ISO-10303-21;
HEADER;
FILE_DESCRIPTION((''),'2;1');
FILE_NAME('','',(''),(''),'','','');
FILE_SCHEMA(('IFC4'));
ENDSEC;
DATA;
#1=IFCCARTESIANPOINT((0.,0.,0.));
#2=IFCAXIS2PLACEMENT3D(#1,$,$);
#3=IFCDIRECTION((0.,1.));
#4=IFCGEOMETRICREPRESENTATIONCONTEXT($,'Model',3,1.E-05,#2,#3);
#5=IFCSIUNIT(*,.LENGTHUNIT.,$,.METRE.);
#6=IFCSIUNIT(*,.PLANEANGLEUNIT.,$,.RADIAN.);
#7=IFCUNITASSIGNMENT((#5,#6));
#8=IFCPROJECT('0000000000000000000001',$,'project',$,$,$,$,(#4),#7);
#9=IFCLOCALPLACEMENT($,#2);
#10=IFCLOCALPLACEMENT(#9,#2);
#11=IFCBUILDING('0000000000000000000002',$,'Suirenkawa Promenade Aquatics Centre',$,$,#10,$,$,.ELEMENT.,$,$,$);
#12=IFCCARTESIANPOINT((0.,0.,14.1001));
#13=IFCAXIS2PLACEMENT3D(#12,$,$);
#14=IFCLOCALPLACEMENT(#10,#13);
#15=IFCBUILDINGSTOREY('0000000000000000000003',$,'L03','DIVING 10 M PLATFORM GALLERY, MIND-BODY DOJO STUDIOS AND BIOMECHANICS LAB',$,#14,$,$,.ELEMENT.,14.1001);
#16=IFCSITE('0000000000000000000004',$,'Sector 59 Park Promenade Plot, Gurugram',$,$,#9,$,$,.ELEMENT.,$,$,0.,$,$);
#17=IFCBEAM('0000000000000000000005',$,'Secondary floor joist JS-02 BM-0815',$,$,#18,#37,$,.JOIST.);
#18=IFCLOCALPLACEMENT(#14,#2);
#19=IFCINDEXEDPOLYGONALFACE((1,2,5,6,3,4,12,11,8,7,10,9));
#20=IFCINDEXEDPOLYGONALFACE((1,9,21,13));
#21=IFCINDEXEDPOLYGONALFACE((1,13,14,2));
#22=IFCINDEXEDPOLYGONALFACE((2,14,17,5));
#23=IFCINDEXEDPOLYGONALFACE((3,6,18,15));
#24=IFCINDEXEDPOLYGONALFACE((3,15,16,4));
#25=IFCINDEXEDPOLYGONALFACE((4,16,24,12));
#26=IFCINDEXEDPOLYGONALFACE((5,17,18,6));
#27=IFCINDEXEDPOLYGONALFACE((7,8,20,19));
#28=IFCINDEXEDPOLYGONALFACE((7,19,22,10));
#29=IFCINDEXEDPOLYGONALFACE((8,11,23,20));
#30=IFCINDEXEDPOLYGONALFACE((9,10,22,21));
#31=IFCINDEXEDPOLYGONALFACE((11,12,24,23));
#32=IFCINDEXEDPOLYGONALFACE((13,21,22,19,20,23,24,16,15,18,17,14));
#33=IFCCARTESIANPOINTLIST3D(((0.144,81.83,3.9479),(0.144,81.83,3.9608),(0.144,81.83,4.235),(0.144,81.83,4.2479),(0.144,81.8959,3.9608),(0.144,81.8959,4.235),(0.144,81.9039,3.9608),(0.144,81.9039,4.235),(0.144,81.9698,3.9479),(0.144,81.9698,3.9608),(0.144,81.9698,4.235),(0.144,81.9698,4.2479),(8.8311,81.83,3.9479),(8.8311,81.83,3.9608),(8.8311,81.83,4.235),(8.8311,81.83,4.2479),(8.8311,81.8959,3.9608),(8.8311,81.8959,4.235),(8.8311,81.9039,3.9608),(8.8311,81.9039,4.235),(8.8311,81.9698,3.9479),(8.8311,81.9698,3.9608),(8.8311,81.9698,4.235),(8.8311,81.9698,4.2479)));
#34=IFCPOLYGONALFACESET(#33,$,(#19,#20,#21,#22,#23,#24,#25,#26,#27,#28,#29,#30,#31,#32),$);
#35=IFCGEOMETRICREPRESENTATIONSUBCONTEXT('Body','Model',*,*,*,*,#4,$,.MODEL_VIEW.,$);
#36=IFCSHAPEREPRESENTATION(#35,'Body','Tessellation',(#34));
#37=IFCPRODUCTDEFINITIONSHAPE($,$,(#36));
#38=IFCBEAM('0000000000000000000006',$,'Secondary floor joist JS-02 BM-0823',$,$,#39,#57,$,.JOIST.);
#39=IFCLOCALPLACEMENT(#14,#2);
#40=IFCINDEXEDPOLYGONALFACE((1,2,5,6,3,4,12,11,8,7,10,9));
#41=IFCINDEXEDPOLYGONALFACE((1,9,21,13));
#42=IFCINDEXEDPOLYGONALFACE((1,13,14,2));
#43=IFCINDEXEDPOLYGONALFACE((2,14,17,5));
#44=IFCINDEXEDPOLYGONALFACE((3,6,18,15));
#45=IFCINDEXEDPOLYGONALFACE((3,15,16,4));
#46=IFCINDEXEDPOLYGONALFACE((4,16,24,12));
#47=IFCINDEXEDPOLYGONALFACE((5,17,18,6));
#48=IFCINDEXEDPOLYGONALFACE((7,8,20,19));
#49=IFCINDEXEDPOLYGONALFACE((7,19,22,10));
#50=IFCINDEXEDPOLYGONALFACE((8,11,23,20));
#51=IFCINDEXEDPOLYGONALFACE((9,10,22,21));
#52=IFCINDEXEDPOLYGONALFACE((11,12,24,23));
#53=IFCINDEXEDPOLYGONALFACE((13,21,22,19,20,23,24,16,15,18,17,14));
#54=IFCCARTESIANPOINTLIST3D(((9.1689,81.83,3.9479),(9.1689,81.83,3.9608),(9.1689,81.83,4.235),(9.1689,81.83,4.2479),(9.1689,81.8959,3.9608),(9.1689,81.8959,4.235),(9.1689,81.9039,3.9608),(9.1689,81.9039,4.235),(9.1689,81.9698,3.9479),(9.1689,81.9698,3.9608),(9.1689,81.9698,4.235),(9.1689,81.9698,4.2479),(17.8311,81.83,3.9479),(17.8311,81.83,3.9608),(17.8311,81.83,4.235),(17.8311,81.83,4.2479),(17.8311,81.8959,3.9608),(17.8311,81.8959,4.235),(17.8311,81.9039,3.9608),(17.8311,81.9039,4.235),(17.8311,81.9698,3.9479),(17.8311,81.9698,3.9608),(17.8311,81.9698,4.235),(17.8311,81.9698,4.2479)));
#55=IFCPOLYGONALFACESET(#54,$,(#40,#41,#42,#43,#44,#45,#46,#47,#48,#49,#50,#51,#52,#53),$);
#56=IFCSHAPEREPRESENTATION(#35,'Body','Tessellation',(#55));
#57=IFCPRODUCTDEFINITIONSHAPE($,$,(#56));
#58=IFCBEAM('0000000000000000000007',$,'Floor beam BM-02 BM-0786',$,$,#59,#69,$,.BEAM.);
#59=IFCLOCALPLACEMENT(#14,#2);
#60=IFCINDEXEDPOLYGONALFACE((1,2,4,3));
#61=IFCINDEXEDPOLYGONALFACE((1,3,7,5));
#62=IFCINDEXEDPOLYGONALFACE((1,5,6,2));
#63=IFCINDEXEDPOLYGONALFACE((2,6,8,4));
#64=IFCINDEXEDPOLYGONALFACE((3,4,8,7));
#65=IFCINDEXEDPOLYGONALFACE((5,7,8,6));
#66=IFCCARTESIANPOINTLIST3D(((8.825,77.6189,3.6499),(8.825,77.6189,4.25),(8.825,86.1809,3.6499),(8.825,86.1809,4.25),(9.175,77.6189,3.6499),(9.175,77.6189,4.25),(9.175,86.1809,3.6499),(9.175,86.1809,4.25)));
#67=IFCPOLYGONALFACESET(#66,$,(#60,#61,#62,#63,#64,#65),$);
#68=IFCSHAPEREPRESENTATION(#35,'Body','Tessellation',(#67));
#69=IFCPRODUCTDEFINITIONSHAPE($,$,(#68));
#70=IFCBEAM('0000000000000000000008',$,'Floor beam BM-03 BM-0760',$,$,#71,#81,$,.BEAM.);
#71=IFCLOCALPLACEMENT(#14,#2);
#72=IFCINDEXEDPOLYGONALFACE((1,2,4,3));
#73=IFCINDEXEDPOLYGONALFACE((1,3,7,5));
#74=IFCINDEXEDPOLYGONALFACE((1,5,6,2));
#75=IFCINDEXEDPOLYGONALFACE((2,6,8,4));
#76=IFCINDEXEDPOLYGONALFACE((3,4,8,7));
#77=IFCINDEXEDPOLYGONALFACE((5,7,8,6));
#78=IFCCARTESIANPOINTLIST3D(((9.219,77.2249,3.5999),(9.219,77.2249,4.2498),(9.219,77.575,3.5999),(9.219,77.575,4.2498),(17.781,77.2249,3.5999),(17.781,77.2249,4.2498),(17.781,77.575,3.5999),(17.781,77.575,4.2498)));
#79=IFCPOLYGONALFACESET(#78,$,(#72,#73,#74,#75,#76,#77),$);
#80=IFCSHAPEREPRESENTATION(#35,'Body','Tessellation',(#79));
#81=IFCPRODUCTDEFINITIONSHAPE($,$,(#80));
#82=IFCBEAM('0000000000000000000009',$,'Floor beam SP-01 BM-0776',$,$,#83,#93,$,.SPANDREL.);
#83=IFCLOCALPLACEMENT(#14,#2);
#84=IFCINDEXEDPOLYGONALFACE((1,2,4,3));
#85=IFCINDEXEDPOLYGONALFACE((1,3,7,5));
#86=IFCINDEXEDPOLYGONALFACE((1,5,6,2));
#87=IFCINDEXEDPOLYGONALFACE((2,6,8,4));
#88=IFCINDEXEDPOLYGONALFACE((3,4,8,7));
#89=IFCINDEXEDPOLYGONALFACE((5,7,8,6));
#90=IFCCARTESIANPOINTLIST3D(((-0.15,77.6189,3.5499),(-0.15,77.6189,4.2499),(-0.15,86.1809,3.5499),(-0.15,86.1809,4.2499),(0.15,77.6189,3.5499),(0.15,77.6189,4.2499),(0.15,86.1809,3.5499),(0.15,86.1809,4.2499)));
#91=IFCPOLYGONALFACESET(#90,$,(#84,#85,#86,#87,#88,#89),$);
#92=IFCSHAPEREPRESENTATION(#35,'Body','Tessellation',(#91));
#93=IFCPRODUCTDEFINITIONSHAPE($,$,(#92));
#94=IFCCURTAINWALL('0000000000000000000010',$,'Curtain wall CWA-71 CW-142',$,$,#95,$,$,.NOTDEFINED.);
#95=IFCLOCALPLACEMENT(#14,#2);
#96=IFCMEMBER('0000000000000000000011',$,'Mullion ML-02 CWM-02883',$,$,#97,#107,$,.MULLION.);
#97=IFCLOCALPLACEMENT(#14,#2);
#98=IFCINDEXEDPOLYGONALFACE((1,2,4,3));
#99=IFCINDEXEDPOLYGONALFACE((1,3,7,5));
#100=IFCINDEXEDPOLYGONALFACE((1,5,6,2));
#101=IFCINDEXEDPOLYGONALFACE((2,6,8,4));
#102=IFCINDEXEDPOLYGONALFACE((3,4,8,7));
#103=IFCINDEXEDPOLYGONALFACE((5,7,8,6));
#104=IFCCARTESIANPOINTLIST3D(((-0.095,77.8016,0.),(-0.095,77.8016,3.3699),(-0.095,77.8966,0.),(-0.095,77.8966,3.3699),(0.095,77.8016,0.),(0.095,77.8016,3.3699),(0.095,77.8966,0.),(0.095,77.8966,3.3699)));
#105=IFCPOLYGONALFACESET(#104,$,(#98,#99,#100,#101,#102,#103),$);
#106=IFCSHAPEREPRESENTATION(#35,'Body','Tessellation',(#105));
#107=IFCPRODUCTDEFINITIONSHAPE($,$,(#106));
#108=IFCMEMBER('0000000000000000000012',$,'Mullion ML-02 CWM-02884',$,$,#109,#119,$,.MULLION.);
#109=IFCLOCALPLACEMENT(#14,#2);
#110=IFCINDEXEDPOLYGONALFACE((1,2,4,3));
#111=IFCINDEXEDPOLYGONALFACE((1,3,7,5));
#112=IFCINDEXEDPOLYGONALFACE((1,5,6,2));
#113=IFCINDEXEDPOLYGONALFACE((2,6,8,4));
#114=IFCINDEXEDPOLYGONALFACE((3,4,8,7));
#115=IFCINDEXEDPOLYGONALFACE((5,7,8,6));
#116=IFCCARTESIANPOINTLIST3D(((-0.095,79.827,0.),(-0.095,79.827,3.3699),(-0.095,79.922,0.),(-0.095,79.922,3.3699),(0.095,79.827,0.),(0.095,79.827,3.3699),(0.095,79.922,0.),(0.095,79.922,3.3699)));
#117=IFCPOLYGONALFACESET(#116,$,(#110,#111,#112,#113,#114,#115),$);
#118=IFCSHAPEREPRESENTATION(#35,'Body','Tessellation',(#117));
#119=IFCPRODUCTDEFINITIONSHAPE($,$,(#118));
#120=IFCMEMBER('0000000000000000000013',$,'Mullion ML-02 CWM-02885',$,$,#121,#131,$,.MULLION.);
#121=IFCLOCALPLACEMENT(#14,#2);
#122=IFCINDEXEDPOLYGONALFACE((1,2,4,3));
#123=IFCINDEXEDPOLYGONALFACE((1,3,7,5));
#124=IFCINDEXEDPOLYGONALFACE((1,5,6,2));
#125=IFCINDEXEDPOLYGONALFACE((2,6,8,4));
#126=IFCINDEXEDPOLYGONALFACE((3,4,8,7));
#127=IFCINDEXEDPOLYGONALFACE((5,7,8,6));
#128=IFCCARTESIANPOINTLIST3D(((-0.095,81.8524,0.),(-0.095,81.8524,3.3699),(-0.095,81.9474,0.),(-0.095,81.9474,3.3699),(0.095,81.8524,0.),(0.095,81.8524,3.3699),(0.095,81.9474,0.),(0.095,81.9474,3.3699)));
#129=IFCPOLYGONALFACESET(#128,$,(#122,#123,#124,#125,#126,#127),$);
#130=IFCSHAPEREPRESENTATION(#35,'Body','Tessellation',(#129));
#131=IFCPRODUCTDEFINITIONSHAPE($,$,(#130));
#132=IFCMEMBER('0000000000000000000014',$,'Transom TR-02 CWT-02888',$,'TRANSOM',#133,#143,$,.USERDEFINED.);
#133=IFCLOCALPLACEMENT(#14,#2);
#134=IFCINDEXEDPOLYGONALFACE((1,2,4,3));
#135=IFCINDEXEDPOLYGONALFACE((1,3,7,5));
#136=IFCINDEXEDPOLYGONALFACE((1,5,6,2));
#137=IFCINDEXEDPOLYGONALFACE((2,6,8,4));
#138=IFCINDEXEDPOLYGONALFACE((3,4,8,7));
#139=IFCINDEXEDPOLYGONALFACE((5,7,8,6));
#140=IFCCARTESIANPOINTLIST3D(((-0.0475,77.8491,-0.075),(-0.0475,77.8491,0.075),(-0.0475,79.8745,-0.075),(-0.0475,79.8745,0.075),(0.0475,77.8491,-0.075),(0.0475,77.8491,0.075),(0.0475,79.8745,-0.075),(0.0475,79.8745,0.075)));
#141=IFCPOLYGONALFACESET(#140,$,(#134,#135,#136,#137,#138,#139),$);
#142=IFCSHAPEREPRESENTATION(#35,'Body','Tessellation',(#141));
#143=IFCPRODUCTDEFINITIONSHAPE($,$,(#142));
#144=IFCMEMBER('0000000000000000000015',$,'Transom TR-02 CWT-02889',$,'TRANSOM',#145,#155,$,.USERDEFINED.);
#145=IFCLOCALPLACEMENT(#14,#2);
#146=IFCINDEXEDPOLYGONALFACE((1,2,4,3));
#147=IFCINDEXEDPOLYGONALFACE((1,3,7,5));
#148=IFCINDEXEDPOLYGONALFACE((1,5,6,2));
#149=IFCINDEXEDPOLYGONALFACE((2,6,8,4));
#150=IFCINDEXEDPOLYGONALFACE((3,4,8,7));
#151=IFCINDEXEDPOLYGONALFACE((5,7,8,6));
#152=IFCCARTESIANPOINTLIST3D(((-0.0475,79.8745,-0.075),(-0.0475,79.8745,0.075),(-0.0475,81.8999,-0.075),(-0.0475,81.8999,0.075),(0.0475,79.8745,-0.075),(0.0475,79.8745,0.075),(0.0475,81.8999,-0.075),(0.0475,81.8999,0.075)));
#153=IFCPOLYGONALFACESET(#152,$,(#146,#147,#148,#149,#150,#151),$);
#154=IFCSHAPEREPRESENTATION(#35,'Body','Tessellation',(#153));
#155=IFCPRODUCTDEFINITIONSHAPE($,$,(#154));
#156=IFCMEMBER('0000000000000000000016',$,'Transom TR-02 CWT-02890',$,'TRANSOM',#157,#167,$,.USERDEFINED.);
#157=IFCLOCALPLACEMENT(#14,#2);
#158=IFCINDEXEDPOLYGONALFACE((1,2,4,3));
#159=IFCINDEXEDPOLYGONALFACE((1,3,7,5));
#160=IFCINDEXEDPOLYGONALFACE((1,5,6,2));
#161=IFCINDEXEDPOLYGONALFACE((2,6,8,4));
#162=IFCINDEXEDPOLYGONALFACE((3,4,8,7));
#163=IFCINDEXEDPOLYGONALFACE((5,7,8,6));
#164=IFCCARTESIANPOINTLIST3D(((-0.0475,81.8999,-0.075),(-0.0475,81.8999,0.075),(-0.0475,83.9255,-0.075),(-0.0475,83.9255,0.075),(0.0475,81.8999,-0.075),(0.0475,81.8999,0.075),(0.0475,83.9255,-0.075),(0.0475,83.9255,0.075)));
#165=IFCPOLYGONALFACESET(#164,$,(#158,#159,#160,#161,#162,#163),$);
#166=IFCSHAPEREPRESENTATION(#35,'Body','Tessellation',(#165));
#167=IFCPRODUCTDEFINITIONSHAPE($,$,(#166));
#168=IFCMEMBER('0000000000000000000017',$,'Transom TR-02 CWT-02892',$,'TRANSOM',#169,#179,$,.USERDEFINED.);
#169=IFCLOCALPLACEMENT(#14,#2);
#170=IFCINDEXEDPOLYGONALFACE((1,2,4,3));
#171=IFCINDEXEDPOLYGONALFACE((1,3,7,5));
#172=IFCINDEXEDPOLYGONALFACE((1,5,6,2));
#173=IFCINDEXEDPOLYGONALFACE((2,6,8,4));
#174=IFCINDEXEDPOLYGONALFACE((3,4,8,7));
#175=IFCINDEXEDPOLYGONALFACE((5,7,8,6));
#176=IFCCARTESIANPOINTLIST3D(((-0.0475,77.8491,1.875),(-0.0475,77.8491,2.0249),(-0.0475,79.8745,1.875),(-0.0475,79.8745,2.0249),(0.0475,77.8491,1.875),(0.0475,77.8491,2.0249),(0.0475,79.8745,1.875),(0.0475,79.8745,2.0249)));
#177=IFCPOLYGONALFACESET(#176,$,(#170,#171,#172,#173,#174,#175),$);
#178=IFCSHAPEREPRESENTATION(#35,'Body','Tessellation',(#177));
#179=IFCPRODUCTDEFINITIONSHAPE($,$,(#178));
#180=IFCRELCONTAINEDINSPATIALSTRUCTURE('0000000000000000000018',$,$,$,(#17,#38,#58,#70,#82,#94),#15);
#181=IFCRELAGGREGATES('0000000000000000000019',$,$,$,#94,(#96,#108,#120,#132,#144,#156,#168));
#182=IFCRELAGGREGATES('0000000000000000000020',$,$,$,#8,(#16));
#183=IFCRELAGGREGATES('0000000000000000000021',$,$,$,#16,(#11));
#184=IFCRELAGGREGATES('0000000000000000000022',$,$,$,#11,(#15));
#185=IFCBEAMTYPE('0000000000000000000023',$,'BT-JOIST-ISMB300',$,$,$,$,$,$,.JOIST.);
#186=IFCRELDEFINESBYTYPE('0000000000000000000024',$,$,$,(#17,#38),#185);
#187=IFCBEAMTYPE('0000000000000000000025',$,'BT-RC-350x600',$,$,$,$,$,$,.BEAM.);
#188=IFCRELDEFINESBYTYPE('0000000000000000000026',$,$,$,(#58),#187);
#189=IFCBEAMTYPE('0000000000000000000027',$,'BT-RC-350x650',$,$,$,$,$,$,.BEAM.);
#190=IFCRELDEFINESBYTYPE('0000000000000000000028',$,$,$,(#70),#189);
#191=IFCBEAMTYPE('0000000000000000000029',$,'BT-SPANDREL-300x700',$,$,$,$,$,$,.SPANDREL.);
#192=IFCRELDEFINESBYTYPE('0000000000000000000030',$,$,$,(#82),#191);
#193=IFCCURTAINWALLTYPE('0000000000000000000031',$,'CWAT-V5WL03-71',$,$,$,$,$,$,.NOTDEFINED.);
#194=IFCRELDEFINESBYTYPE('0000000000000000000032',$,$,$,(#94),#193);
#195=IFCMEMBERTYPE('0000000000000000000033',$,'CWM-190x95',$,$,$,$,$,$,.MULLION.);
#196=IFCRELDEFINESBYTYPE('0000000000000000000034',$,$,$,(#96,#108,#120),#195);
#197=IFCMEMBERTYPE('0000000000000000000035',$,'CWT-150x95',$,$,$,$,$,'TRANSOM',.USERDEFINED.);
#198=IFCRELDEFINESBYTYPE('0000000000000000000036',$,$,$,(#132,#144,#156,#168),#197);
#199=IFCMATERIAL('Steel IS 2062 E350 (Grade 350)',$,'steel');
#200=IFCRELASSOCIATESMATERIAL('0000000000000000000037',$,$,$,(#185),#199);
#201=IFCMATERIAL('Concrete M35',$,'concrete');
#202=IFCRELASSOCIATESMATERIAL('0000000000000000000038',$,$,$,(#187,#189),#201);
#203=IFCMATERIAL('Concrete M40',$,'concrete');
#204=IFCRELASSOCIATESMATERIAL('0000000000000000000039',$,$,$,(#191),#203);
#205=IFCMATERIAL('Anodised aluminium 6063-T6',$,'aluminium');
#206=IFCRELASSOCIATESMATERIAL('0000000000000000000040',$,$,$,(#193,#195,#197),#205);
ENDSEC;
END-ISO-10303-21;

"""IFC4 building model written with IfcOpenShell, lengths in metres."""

from ifc_helpers import new_model, si_unit, direction, frame, origin, origin_2d, place, context, subcontext, project, spatial, rectangle, i_section, extrude, material, material_profile, profile_set, type_object, element, aggregate, save


model = new_model("IFC4")

# Units and contexts
model_context = context("Model", 3, precision=1e-05, world=origin(), true_north=direction((0.0, 1.0)))
body_context = subcontext(model_context, "Body", "Model", "MODEL_VIEW")
ifc_project = project(units=[si_unit("LENGTHUNIT", "METRE"), si_unit("PLANEANGLEUNIT", "RADIAN")], contexts=[model_context])

# Site, building, storey
site_placement = place(None, origin())
site = spatial("IfcSite", under=ifc_project, at=site_placement, Name="Sector 59 Park Promenade Plot, Gurugram", CompositionType="ELEMENT", RefElevation=0.0)
building_placement = place(site_placement, origin())
building = spatial("IfcBuilding", under=site, at=building_placement, Name="Suirenkawa Promenade Aquatics Centre", CompositionType="ELEMENT")
storey_placement = place(building_placement, frame((0.0, 0.0, 14.1001)))
storey = spatial("IfcBuildingStorey", under=building, at=storey_placement, Name="L03", Description="DIVING 10 M PLATFORM GALLERY, MIND-BODY DOJO STUDIOS AND BIOMECHANICS LAB", CompositionType="ELEMENT", Elevation=14.1001)

# Beams
ifc_material_1 = material(Name="Steel IS 2062 E350 (Grade 350)", Category="steel")
ifc_material_profile_1 = material_profile(ifc_material_1, i_section(OverallWidth=0.1399, OverallDepth=0.3, WebThickness=0.0081, FlangeThickness=0.0129, at=origin_2d()), Name="ISMB 300", Category="steel")
ifc_profile_set_1 = profile_set([ifc_material_profile_1], Name="Steel IS 2062 E350 (Grade 350)")
beam_type_1 = type_object("IfcBeamType", Name="BT-JOIST-ISMB300", PredefinedType="JOIST", material=ifc_profile_set_1)
beam_1_placement = place(storey_placement, frame((0.144, 81.8999, 4.0979), z_axis=(1.0, 0.0, 0.0), x_axis=(0.0, 1.0, 0.0)))
element("IfcBeam", 1, at=beam_1_placement, inside=storey, type_object=beam_type_1, Name="Secondary floor joist JS-02 BM-0815", PredefinedType="JOIST", context=body_context, shape_type="SweptSolid", body=[
    extrude(i_section(OverallWidth=0.1399, OverallDepth=0.3, WebThickness=0.0081, FlangeThickness=0.0129, at=origin_2d()), origin(), (0.0, 0.0, 1.0), 8.687),
])
beam_2_placement = place(storey_placement, frame((9.1689, 81.8999, 4.0979), z_axis=(1.0, 0.0, 0.0), x_axis=(0.0, 1.0, 0.0)))
element("IfcBeam", 2, at=beam_2_placement, inside=storey, type_object=beam_type_1, Name="Secondary floor joist JS-02 BM-0823", PredefinedType="JOIST", context=body_context, shape_type="SweptSolid", body=[
    extrude(i_section(OverallWidth=0.1399, OverallDepth=0.3, WebThickness=0.0081, FlangeThickness=0.0129, at=origin_2d()), origin(), (0.0, 0.0, 1.0), 8.6621),
])
ifc_material_2 = material(Name="Concrete M35", Category="concrete")
ifc_material_profile_2 = material_profile(ifc_material_2, rectangle(XDim=0.3501, YDim=0.6001, at=origin_2d()), Name="RC BM 350x600", Category="concrete")
ifc_profile_set_2 = profile_set([ifc_material_profile_2], Name="Concrete M35")
beam_type_2 = type_object("IfcBeamType", Name="BT-RC-350x600", PredefinedType="BEAM", material=ifc_profile_set_2)
beam_3_placement = place(storey_placement, frame((9.0, 77.6189, 3.95), z_axis=(0.0, 1.0, 0.0), x_axis=(-1.0, 0.0, 0.0)))
element("IfcBeam", 3, at=beam_3_placement, inside=storey, type_object=beam_type_2, Name="Floor beam BM-02 BM-0786", PredefinedType="BEAM", context=body_context, shape_type="SweptSolid", body=[
    extrude(rectangle(XDim=0.3501, YDim=0.6001, at=origin_2d()), origin(), (0.0, 0.0, 1.0), 8.562),
])
ifc_material_profile_3 = material_profile(ifc_material_2, rectangle(XDim=0.3501, YDim=0.6499, at=origin_2d()), Name="RC BM 350x650", Category="concrete")
ifc_profile_set_3 = profile_set([ifc_material_profile_3], Name="Concrete M35")
beam_type_3 = type_object("IfcBeamType", Name="BT-RC-350x650", PredefinedType="BEAM", material=ifc_profile_set_3)
beam_4_placement = place(storey_placement, frame((9.219, 77.3999, 3.9248), z_axis=(1.0, 0.0, 0.0), x_axis=(0.0, 1.0, 0.0)))
element("IfcBeam", 4, at=beam_4_placement, inside=storey, type_object=beam_type_3, Name="Floor beam BM-03 BM-0760", PredefinedType="BEAM", context=body_context, shape_type="SweptSolid", body=[
    extrude(rectangle(XDim=0.3501, YDim=0.6499, at=origin_2d()), origin(), (0.0, 0.0, 1.0), 8.562),
])
ifc_material_3 = material(Name="Concrete M40", Category="concrete")
ifc_material_profile_4 = material_profile(ifc_material_3, rectangle(XDim=0.3, YDim=0.7, at=origin_2d()), Name="RC SPANDREL 300x700", Category="concrete")
ifc_profile_set_4 = profile_set([ifc_material_profile_4], Name="Concrete M40")
beam_type_4 = type_object("IfcBeamType", Name="BT-SPANDREL-300x700", PredefinedType="SPANDREL", material=ifc_profile_set_4)
beam_5_placement = place(storey_placement, frame((0.0, 77.6189, 3.8999), z_axis=(0.0, 1.0, 0.0), x_axis=(-1.0, 0.0, 0.0)))
element("IfcBeam", 5, at=beam_5_placement, inside=storey, type_object=beam_type_4, Name="Floor beam SP-01 BM-0776", PredefinedType="SPANDREL", context=body_context, shape_type="SweptSolid", body=[
    extrude(rectangle(XDim=0.3, YDim=0.7, at=origin_2d()), origin(), (0.0, 0.0, 1.0), 8.562),
])

# Curtain wall, members
ifc_material_4 = material(Name="Anodised aluminium 6063-T6", Category="aluminium")
curtain_wall_type = type_object("IfcCurtainWallType", Name="CWAT-V5WL03-71", PredefinedType="NOTDEFINED", material=ifc_material_4)
curtain_wall_placement = place(storey_placement, origin())
curtain_wall = element("IfcCurtainWall", 6, at=curtain_wall_placement, inside=storey, type_object=curtain_wall_type, Name="Curtain wall CWA-71 CW-142", PredefinedType="NOTDEFINED")
ifc_material_profile_5 = material_profile(ifc_material_4, rectangle(XDim=0.095, YDim=0.1899, at=origin_2d()), Name="ALU MULL 95x190", Category="aluminium")
ifc_profile_set_5 = profile_set([ifc_material_profile_5], Name="Anodised aluminium 6063-T6")
member_type_1 = type_object("IfcMemberType", Name="CWM-190x95", PredefinedType="MULLION", material=ifc_profile_set_5)
member_1_placement = place(storey_placement, frame((0.0, 77.8491, 0.0), z_axis=(0.0, 0.0, 1.0), x_axis=(0.0, 1.0, 0.0)))
member_1 = element("IfcMember", 7, at=member_1_placement, type_object=member_type_1, Name="Mullion ML-02 CWM-02883", PredefinedType="MULLION", context=body_context, shape_type="SweptSolid", body=[
    extrude(rectangle(XDim=0.095, YDim=0.1899, at=origin_2d()), origin(), (0.0, 0.0, 1.0), 3.3699),
])
member_2_placement = place(storey_placement, frame((0.0, 79.8745, 0.0), z_axis=(0.0, 0.0, 1.0), x_axis=(0.0, 1.0, 0.0)))
member_2 = element("IfcMember", 8, at=member_2_placement, type_object=member_type_1, Name="Mullion ML-02 CWM-02884", PredefinedType="MULLION", context=body_context, shape_type="SweptSolid", body=[
    extrude(rectangle(XDim=0.095, YDim=0.1899, at=origin_2d()), origin(), (0.0, 0.0, 1.0), 3.3699),
])
member_3_placement = place(storey_placement, frame((0.0, 81.8999, 0.0), z_axis=(0.0, 0.0, 1.0), x_axis=(0.0, 1.0, 0.0)))
member_3 = element("IfcMember", 9, at=member_3_placement, type_object=member_type_1, Name="Mullion ML-02 CWM-02885", PredefinedType="MULLION", context=body_context, shape_type="SweptSolid", body=[
    extrude(rectangle(XDim=0.095, YDim=0.1899, at=origin_2d()), origin(), (0.0, 0.0, 1.0), 3.3699),
])
ifc_material_profile_6 = material_profile(ifc_material_4, rectangle(XDim=0.095, YDim=0.1499, at=origin_2d()), Name="ALU TRAN 95x150", Category="aluminium")
ifc_profile_set_6 = profile_set([ifc_material_profile_6], Name="Anodised aluminium 6063-T6")
member_type_2 = type_object("IfcMemberType", Name="CWT-150x95", ElementType="TRANSOM", PredefinedType="USERDEFINED", material=ifc_profile_set_6)
member_4_placement = place(storey_placement, frame((0.0, 77.8491, 0.0), z_axis=(0.0, 1.0, 0.0), x_axis=(-1.0, 0.0, 0.0)))
member_4 = element("IfcMember", 10, at=member_4_placement, type_object=member_type_2, Name="Transom TR-02 CWT-02888", ObjectType="TRANSOM", PredefinedType="USERDEFINED", context=body_context, shape_type="SweptSolid", body=[
    extrude(rectangle(XDim=0.095, YDim=0.1499, at=origin_2d()), origin(), (0.0, 0.0, 1.0), 2.0254),
])
member_5_placement = place(storey_placement, frame((0.0, 79.8745, 0.0), z_axis=(0.0, 1.0, 0.0), x_axis=(-1.0, 0.0, 0.0)))
member_5 = element("IfcMember", 11, at=member_5_placement, type_object=member_type_2, Name="Transom TR-02 CWT-02889", ObjectType="TRANSOM", PredefinedType="USERDEFINED", context=body_context, shape_type="SweptSolid", body=[
    extrude(rectangle(XDim=0.095, YDim=0.1499, at=origin_2d()), origin(), (0.0, 0.0, 1.0), 2.0254),
])
member_6_placement = place(storey_placement, frame((0.0, 81.8999, 0.0), z_axis=(0.0, 1.0, 0.0), x_axis=(-1.0, 0.0, 0.0)))
member_6 = element("IfcMember", 12, at=member_6_placement, type_object=member_type_2, Name="Transom TR-02 CWT-02890", ObjectType="TRANSOM", PredefinedType="USERDEFINED", context=body_context, shape_type="SweptSolid", body=[
    extrude(rectangle(XDim=0.095, YDim=0.1499, at=origin_2d()), origin(), (0.0, 0.0, 1.0), 2.0256),
])
member_7_placement = place(storey_placement, frame((0.0, 77.8491, 1.95), z_axis=(0.0, 1.0, 0.0), x_axis=(-1.0, 0.0, 0.0)))
member_7 = element("IfcMember", 13, at=member_7_placement, type_object=member_type_2, Name="Transom TR-02 CWT-02892", ObjectType="TRANSOM", PredefinedType="USERDEFINED", context=body_context, shape_type="SweptSolid", body=[
    extrude(rectangle(XDim=0.095, YDim=0.1499, at=origin_2d()), origin(), (0.0, 0.0, 1.0), 2.0254),
])
aggregate(curtain_wall, [member_1, member_2, member_3, member_4, member_5, member_6, member_7])

save(model, "model.ifc")
